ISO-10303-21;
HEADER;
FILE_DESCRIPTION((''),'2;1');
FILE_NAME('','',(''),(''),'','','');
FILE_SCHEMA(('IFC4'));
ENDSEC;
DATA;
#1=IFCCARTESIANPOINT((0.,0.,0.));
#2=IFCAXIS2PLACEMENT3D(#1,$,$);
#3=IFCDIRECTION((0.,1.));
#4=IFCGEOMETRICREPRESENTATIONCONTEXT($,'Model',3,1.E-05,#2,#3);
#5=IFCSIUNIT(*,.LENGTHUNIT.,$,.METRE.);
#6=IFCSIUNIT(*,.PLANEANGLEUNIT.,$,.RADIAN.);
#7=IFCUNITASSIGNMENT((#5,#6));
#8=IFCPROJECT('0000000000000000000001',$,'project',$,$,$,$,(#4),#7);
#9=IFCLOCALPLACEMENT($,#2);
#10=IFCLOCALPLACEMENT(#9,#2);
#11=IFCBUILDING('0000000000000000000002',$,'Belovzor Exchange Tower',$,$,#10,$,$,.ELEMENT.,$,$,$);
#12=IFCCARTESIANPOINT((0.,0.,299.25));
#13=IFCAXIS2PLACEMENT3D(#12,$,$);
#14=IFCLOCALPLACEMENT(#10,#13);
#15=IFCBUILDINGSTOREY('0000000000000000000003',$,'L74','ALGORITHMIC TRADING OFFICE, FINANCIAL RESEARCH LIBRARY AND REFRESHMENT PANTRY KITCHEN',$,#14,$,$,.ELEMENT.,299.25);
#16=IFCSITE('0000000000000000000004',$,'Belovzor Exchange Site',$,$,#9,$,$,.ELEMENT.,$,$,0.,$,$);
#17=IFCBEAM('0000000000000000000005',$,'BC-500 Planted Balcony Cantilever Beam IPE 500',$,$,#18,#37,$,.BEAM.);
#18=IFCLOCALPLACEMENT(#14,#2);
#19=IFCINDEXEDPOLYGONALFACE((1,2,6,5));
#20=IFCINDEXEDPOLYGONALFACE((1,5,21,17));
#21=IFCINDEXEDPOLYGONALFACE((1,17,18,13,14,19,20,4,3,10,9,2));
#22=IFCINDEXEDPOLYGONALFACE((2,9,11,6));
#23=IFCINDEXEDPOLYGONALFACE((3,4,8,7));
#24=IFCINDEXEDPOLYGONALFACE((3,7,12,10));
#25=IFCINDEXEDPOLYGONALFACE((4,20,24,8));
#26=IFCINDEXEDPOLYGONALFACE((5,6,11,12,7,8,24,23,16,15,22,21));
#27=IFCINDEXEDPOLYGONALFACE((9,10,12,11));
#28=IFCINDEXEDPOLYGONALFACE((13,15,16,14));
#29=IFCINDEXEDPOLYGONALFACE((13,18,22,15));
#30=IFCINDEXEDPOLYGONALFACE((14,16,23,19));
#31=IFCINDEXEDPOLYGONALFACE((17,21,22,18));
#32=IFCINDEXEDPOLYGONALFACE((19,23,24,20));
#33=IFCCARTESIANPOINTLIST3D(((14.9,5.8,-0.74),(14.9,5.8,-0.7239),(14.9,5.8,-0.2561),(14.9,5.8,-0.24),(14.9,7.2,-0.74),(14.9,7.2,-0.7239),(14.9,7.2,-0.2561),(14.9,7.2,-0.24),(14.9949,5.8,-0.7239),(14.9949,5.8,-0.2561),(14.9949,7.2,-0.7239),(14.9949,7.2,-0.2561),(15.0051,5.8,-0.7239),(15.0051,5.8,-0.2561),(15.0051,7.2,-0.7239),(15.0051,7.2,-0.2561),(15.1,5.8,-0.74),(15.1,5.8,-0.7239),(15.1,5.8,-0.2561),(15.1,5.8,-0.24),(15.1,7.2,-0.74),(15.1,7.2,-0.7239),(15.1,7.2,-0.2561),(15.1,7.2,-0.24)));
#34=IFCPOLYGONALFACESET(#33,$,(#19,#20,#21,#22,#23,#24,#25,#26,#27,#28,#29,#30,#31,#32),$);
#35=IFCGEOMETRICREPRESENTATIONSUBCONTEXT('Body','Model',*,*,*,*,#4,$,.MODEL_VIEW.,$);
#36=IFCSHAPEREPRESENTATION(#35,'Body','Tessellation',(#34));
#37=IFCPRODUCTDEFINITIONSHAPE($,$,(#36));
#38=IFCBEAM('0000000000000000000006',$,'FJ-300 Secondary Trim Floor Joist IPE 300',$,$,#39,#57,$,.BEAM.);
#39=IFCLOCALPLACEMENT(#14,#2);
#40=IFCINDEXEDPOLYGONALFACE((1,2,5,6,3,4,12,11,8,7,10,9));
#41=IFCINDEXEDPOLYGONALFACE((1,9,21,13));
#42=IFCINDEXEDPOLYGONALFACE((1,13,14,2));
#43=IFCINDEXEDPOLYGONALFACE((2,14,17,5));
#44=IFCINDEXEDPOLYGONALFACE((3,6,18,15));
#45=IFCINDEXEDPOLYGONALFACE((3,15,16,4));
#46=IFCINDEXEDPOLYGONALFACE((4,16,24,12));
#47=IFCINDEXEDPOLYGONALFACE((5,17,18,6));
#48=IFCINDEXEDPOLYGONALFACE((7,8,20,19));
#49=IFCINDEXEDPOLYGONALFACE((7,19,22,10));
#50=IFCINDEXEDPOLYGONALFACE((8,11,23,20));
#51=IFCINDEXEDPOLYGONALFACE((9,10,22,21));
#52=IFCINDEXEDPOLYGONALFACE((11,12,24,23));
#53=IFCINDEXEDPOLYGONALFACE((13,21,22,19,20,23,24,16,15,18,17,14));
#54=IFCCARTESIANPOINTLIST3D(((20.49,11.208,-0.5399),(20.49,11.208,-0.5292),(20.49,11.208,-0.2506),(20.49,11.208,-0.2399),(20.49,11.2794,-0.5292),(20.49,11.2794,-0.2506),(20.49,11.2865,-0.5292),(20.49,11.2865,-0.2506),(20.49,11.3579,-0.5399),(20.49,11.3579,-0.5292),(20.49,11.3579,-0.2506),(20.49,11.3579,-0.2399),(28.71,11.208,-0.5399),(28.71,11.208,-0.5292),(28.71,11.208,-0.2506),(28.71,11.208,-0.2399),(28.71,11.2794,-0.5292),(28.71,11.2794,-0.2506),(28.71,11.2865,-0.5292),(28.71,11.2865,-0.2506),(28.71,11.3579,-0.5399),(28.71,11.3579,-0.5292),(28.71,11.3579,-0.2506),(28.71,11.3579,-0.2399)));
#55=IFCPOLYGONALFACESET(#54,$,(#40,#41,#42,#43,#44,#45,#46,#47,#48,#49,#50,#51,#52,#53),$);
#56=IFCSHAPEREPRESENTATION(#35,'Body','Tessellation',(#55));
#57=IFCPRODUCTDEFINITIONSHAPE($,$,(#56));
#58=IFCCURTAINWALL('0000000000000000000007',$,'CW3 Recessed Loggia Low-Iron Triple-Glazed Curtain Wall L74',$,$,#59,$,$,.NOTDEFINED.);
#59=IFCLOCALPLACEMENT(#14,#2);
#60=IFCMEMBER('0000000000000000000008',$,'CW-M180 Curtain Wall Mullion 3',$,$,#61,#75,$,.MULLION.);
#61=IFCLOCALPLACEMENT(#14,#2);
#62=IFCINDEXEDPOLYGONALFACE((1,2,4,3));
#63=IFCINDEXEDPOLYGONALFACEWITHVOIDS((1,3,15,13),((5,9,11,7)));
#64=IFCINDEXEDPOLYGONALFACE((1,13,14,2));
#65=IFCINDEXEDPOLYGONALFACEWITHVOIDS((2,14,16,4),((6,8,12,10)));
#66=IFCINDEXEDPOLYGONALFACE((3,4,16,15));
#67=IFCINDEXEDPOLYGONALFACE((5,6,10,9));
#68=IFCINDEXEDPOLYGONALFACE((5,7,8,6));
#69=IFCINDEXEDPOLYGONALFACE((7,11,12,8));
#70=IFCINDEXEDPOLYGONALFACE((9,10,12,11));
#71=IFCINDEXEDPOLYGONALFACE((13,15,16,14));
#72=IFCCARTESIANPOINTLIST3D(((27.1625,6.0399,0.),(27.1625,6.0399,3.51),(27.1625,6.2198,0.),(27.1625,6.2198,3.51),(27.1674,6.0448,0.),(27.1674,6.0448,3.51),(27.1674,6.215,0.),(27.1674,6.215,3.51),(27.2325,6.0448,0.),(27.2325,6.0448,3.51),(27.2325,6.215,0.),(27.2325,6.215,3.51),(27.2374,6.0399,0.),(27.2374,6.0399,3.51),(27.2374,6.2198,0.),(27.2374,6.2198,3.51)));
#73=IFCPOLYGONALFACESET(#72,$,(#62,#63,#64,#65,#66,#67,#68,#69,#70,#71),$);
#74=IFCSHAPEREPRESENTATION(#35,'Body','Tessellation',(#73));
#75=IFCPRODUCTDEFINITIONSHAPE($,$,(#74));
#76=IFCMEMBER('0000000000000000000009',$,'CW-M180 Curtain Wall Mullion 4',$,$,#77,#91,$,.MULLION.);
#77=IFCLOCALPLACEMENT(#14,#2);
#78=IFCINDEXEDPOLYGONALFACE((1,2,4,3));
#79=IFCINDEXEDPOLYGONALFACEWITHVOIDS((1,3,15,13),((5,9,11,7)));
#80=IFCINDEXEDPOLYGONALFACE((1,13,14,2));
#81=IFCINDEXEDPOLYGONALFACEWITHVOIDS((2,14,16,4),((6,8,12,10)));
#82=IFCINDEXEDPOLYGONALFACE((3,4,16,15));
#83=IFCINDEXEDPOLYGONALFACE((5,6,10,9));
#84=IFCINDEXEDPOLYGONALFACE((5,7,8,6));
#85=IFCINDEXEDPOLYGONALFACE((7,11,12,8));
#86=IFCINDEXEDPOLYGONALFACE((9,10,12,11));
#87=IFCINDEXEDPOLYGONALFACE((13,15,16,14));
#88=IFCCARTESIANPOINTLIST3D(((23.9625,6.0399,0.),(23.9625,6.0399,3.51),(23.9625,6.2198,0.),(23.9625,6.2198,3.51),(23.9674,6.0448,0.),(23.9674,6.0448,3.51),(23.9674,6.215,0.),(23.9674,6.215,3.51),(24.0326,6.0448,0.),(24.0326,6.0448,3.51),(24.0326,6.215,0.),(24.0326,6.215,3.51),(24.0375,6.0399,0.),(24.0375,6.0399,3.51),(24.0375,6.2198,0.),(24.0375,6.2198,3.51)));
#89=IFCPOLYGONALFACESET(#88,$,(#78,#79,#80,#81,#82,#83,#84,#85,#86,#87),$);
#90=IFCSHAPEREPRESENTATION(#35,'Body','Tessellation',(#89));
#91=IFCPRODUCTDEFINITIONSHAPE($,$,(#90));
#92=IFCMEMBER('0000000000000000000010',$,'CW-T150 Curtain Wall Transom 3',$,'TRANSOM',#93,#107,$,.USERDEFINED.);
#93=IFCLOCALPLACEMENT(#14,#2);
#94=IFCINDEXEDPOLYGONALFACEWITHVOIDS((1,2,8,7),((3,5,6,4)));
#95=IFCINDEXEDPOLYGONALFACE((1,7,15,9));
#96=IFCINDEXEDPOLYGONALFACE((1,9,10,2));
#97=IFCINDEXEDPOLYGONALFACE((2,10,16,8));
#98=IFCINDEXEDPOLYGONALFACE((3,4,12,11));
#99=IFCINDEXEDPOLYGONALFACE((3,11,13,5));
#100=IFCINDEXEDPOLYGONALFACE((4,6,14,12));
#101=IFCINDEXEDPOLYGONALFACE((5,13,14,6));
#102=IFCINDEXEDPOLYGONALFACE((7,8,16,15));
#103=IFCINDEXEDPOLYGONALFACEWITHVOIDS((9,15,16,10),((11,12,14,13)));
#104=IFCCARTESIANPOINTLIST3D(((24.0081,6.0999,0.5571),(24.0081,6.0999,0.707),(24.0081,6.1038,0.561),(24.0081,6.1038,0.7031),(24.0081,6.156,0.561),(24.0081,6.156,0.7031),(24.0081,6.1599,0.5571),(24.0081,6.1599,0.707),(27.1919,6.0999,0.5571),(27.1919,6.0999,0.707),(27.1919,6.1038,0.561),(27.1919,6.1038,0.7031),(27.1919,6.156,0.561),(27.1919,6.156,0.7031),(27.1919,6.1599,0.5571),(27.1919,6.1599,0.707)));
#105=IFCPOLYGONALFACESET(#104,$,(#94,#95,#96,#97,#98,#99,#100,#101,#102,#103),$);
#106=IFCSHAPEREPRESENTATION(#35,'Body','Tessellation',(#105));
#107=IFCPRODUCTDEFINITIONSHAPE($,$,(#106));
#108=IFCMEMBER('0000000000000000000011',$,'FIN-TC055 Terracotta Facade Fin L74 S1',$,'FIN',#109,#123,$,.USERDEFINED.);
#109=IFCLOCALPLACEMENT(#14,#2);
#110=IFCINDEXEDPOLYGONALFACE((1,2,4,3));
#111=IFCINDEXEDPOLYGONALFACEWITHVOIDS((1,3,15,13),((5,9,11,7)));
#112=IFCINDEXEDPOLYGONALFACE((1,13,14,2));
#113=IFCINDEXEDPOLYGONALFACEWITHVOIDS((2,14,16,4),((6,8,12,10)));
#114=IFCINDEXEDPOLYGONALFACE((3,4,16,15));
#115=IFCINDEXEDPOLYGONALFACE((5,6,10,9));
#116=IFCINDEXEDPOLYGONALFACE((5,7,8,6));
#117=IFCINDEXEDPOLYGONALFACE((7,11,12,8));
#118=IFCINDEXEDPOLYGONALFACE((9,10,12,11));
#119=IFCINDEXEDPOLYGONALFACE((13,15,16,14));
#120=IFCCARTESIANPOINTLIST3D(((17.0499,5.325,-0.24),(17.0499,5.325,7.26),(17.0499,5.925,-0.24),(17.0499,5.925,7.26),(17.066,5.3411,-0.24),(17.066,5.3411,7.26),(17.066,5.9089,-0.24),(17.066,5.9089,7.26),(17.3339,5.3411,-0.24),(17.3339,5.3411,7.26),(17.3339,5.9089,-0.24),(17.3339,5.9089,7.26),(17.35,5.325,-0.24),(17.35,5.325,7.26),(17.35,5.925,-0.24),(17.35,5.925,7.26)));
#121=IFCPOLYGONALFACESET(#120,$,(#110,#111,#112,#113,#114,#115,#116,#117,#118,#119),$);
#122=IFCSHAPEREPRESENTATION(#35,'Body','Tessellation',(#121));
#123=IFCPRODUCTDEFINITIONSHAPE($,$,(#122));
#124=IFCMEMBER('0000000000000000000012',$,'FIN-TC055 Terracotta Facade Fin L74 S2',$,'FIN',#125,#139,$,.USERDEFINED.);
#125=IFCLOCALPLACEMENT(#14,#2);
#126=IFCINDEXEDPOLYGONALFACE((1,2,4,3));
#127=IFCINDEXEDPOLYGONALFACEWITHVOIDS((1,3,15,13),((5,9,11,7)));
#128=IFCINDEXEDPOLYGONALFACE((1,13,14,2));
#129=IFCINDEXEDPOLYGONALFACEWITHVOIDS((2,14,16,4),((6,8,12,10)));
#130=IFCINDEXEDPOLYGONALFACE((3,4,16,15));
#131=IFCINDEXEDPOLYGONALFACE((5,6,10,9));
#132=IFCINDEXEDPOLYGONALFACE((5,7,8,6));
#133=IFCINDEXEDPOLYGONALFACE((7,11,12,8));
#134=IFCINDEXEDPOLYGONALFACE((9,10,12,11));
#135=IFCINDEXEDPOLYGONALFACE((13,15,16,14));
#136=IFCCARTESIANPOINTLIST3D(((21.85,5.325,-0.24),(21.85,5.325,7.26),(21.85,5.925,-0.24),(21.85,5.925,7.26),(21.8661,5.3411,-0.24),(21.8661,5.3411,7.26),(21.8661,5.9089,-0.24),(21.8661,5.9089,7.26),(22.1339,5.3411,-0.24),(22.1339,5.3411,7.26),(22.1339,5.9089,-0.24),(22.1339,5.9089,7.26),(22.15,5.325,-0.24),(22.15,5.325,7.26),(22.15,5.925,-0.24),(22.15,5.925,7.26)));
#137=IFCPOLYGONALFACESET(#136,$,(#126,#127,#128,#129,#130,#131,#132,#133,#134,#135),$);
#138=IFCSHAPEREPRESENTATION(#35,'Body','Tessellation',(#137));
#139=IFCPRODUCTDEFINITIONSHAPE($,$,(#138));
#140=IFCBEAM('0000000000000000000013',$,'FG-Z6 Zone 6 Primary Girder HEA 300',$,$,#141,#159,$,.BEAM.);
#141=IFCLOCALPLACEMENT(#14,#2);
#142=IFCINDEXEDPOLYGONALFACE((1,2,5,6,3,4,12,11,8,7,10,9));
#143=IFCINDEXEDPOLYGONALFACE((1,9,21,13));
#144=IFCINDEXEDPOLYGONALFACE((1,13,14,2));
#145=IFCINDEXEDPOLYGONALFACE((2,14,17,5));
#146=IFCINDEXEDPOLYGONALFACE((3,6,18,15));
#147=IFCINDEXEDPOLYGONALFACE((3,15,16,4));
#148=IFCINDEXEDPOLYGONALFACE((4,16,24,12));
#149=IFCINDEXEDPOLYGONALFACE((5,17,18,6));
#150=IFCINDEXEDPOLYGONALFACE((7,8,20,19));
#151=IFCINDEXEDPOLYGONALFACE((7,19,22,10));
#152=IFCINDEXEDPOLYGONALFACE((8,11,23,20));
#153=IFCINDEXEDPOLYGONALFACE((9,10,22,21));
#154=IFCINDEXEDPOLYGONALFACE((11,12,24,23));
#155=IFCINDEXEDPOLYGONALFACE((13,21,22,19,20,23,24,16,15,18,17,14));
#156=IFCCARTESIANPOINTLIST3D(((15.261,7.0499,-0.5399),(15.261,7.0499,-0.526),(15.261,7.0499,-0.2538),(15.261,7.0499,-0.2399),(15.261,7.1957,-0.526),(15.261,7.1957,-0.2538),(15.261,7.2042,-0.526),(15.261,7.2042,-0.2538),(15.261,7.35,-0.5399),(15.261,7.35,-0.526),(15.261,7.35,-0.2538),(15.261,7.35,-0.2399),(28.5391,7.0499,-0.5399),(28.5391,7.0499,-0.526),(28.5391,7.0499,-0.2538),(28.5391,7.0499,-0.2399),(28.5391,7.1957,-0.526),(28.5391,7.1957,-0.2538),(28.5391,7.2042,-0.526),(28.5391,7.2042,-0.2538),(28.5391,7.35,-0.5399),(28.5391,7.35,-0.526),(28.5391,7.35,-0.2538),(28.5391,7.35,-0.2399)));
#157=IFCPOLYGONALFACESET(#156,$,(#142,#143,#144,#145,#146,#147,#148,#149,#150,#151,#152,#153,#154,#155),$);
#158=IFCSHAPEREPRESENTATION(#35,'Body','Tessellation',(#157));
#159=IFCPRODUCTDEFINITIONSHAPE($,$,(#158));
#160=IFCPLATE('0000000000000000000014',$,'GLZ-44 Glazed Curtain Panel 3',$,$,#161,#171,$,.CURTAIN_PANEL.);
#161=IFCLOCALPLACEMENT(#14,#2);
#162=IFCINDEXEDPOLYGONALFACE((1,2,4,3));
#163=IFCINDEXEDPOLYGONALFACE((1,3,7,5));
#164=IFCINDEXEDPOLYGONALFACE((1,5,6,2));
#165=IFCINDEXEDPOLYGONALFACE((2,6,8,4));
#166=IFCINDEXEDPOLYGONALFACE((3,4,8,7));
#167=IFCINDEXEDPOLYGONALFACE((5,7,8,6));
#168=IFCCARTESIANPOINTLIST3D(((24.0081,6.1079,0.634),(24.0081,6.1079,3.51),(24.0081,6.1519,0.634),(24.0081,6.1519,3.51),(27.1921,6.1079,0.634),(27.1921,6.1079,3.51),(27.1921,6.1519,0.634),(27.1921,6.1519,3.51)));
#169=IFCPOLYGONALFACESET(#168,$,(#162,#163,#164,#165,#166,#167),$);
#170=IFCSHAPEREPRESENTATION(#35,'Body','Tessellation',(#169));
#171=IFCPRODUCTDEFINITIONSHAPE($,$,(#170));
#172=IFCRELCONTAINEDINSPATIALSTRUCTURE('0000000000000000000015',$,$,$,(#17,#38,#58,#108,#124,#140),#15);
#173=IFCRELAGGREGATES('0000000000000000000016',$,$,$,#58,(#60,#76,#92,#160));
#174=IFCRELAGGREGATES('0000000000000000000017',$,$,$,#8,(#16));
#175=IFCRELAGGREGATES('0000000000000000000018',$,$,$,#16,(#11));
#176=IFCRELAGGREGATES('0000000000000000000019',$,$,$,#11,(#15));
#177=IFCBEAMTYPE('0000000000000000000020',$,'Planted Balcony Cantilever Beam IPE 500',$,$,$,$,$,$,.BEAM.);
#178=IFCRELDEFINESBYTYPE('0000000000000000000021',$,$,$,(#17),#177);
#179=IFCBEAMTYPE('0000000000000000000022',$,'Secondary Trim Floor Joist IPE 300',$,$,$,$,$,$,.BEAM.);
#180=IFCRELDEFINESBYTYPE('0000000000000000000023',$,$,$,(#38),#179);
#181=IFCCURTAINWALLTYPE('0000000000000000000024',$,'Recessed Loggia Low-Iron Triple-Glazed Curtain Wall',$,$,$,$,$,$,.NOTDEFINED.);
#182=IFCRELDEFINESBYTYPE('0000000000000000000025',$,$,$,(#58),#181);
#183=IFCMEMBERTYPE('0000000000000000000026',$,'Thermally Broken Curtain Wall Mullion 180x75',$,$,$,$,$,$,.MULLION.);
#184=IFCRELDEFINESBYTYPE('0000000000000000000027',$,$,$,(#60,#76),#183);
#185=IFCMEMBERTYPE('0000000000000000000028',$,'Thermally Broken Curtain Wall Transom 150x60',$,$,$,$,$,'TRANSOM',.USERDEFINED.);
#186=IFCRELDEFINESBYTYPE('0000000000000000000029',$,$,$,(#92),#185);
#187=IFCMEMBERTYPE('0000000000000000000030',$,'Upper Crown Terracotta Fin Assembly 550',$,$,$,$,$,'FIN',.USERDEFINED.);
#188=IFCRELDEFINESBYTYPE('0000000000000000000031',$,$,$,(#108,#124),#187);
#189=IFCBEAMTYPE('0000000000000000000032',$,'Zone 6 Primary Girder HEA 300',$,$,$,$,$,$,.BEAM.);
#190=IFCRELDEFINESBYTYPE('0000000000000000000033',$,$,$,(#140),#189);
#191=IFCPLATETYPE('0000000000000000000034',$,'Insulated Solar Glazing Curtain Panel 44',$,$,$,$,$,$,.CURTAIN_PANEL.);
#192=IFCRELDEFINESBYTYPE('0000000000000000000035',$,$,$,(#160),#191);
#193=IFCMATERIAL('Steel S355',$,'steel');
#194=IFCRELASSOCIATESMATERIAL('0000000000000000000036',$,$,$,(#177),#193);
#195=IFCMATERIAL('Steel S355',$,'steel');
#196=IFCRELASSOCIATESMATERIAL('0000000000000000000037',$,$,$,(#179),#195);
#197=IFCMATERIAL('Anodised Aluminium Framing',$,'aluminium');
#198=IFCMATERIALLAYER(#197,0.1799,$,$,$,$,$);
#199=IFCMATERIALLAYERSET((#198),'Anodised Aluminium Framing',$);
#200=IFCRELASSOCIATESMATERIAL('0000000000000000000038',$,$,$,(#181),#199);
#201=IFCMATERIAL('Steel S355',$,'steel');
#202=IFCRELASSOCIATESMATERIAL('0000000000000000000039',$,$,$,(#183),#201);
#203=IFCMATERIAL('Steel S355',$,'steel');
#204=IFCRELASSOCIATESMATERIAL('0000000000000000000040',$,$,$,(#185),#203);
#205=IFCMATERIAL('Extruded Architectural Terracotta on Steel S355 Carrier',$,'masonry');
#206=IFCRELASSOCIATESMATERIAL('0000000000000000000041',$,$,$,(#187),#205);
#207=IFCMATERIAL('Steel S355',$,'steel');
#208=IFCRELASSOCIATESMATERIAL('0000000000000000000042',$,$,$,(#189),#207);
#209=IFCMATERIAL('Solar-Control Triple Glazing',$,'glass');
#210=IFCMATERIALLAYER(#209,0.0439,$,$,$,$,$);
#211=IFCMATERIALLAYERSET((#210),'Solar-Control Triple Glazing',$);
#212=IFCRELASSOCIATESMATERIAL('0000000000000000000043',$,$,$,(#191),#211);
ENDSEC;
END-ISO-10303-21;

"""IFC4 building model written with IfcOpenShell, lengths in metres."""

from ifc_helpers import new_model, si_unit, direction, frame, origin, origin_2d, place, context, subcontext, project, spatial, rectangle, hollow_rectangle, i_section, extrude, material, layer, layer_set, material_profile, profile_set, type_object, element, aggregate, save


model = new_model("IFC4")

# Units and contexts
model_context = context("Model", 3, precision=1e-05, world=origin(), true_north=direction((0.0, 1.0)))
body_context = subcontext(model_context, "Body", "Model", "MODEL_VIEW")
ifc_project = project(units=[si_unit("LENGTHUNIT", "METRE"), si_unit("PLANEANGLEUNIT", "RADIAN")], contexts=[model_context])

# Site, building, storey
site_placement = place(None, origin())
site = spatial("IfcSite", under=ifc_project, at=site_placement, Name="Belovzor Exchange Site", CompositionType="ELEMENT", RefElevation=0.0)
building_placement = place(site_placement, origin())
building = spatial("IfcBuilding", under=site, at=building_placement, Name="Belovzor Exchange Tower", CompositionType="ELEMENT")
storey_placement = place(building_placement, frame((0.0, 0.0, 299.25)))
storey = spatial("IfcBuildingStorey", under=building, at=storey_placement, Name="L74", Description="ALGORITHMIC TRADING OFFICE, FINANCIAL RESEARCH LIBRARY AND REFRESHMENT PANTRY KITCHEN", CompositionType="ELEMENT", Elevation=299.25)

# Beams
ifc_material_1 = material(Name="Steel S355", Category="steel")
ifc_material_profile_1 = material_profile(ifc_material_1, i_section(OverallWidth=0.2, OverallDepth=0.5, WebThickness=0.0103, FlangeThickness=0.0161, at=origin_2d()))
ifc_profile_set_1 = profile_set([ifc_material_profile_1], Name="Steel S355")
beam_type_1 = type_object("IfcBeamType", Name="Planted Balcony Cantilever Beam IPE 500", PredefinedType="BEAM", material=ifc_profile_set_1)
beam_1_placement = place(storey_placement, frame((15.0, 7.2, -0.49), z_axis=(0.0, -1.0, 0.0), x_axis=(1.0, 0.0, 0.0)))
element("IfcBeam", 1, at=beam_1_placement, inside=storey, type_object=beam_type_1, Name="BC-500 Planted Balcony Cantilever Beam IPE 500", PredefinedType="BEAM", context=body_context, shape_type="SweptSolid", body=[
    extrude(i_section(OverallWidth=0.2, OverallDepth=0.5, WebThickness=0.0103, FlangeThickness=0.0161, at=origin_2d()), origin(), (0.0, 0.0, 1.0), 1.3999),
])
ifc_material_2 = material(Name="Steel S355", Category="steel")
ifc_material_profile_2 = material_profile(ifc_material_2, i_section(OverallWidth=0.1499, OverallDepth=0.3, WebThickness=0.0071, FlangeThickness=0.0107, at=origin_2d()))
ifc_profile_set_2 = profile_set([ifc_material_profile_2], Name="Steel S355")
beam_type_2 = type_object("IfcBeamType", Name="Secondary Trim Floor Joist IPE 300", PredefinedType="BEAM", material=ifc_profile_set_2)
beam_2_placement = place(storey_placement, frame((20.49, 11.283, -0.3899), z_axis=(1.0, 0.0, 0.0), x_axis=(0.0, 1.0, 0.0)))
element("IfcBeam", 2, at=beam_2_placement, inside=storey, type_object=beam_type_2, Name="FJ-300 Secondary Trim Floor Joist IPE 300", PredefinedType="BEAM", context=body_context, shape_type="SweptSolid", body=[
    extrude(i_section(OverallWidth=0.1499, OverallDepth=0.3, WebThickness=0.0071, FlangeThickness=0.0107, at=origin_2d()), origin(), (0.0, 0.0, 1.0), 8.22),
])

# Curtain wall, members
ifc_material_3 = material(Name="Anodised Aluminium Framing", Category="aluminium")
ifc_layer_1 = layer(ifc_material_3, 0.1799)
ifc_layer_set_1 = layer_set([ifc_layer_1], Name="Anodised Aluminium Framing")
curtain_wall_type = type_object("IfcCurtainWallType", Name="Recessed Loggia Low-Iron Triple-Glazed Curtain Wall", PredefinedType="NOTDEFINED", material=ifc_layer_set_1)
curtain_wall_placement = place(storey_placement, origin())
curtain_wall = element("IfcCurtainWall", 3, at=curtain_wall_placement, inside=storey, type_object=curtain_wall_type, Name="CW3 Recessed Loggia Low-Iron Triple-Glazed Curtain Wall L74", PredefinedType="NOTDEFINED")
ifc_material_4 = material(Name="Steel S355", Category="steel")
ifc_material_profile_3 = material_profile(ifc_material_4, hollow_rectangle(XDim=0.075, YDim=0.1799, WallThickness=0.0049, at=origin_2d()))
ifc_profile_set_3 = profile_set([ifc_material_profile_3], Name="Steel S355")
member_type_1 = type_object("IfcMemberType", Name="Thermally Broken Curtain Wall Mullion 180x75", PredefinedType="MULLION", material=ifc_profile_set_3)
member_1_placement = place(storey_placement, frame((27.2, 6.1299, 0.0), z_axis=(0.0, 0.0, 1.0), x_axis=(-1.0, 0.0, 0.0)))
member_1 = element("IfcMember", 4, at=member_1_placement, type_object=member_type_1, Name="CW-M180 Curtain Wall Mullion 3", PredefinedType="MULLION", context=body_context, shape_type="SweptSolid", body=[
    extrude(hollow_rectangle(XDim=0.075, YDim=0.1799, WallThickness=0.0049, at=origin_2d()), origin(), (0.0, 0.0, 1.0), 3.51),
])
member_2_placement = place(storey_placement, frame((24.0, 6.1299, 0.0), z_axis=(0.0, 0.0, 1.0), x_axis=(-1.0, 0.0, 0.0)))
member_2 = element("IfcMember", 5, at=member_2_placement, type_object=member_type_1, Name="CW-M180 Curtain Wall Mullion 4", PredefinedType="MULLION", context=body_context, shape_type="SweptSolid", body=[
    extrude(hollow_rectangle(XDim=0.075, YDim=0.1799, WallThickness=0.0049, at=origin_2d()), origin(), (0.0, 0.0, 1.0), 3.51),
])
ifc_material_5 = material(Name="Steel S355", Category="steel")
ifc_material_profile_4 = material_profile(ifc_material_5, hollow_rectangle(XDim=0.0601, YDim=0.1499, WallThickness=0.0039, at=origin_2d()))
ifc_profile_set_4 = profile_set([ifc_material_profile_4], Name="Steel S355")
member_type_2 = type_object("IfcMemberType", Name="Thermally Broken Curtain Wall Transom 150x60", ElementType="TRANSOM", PredefinedType="USERDEFINED", material=ifc_profile_set_4)
member_3_placement = place(storey_placement, frame((27.1919, 6.1299, 0.6321), z_axis=(-1.0, 0.0, 0.0), x_axis=(0.0, -1.0, 0.0)))
member_3 = element("IfcMember", 6, at=member_3_placement, type_object=member_type_2, Name="CW-T150 Curtain Wall Transom 3", ObjectType="TRANSOM", PredefinedType="USERDEFINED", context=body_context, shape_type="SweptSolid", body=[
    extrude(hollow_rectangle(XDim=0.0601, YDim=0.1499, WallThickness=0.0039, at=origin_2d()), origin(), (0.0, 0.0, 1.0), 3.1838),
])

# Members
ifc_material_6 = material(Name="Extruded Architectural Terracotta on Steel S355 Carrier", Category="masonry")
ifc_material_profile_5 = material_profile(ifc_material_6, hollow_rectangle(XDim=0.3, YDim=0.6001, WallThickness=0.0161, at=origin_2d()))
ifc_profile_set_5 = profile_set([ifc_material_profile_5], Name="Extruded Architectural Terracotta on Steel S355 Carrier")
member_type_3 = type_object("IfcMemberType", Name="Upper Crown Terracotta Fin Assembly 550", ElementType="FIN", PredefinedType="USERDEFINED", material=ifc_profile_set_5)
for number, where, z_axis, x_axis, name in (
    (7, (17.2, 5.625, -0.24), (0.0, 0.0, 1.0), (1.0, 0.0, 0.0), "FIN-TC055 Terracotta Facade Fin L74 S1"),
    (8, (22.0, 5.625, -0.24), (0.0, 0.0, 1.0), (1.0, 0.0, 0.0), "FIN-TC055 Terracotta Facade Fin L74 S2"),
):
    element("IfcMember", number, at=place(storey_placement, frame(where, z_axis=z_axis, x_axis=x_axis)), inside=storey, type_object=member_type_3, Name=name, ObjectType="FIN", PredefinedType="USERDEFINED", context=body_context, shape_type="SweptSolid", body=[
        extrude(hollow_rectangle(XDim=0.3, YDim=0.6001, WallThickness=0.0161, at=origin_2d()), origin(), (0.0, 0.0, 1.0), 7.5),
    ])

# Beam
ifc_material_7 = material(Name="Steel S355", Category="steel")
ifc_material_profile_6 = material_profile(ifc_material_7, i_section(OverallWidth=0.3, OverallDepth=0.3, WebThickness=0.0085, FlangeThickness=0.0139, at=origin_2d()))
ifc_profile_set_6 = profile_set([ifc_material_profile_6], Name="Steel S355")
beam_type_3 = type_object("IfcBeamType", Name="Zone 6 Primary Girder HEA 300", PredefinedType="BEAM", material=ifc_profile_set_6)
beam_3_placement = place(storey_placement, frame((15.261, 7.2, -0.3899), z_axis=(1.0, 0.0, 0.0), x_axis=(0.0, 1.0, 0.0)))
element("IfcBeam", 9, at=beam_3_placement, inside=storey, type_object=beam_type_3, Name="FG-Z6 Zone 6 Primary Girder HEA 300", PredefinedType="BEAM", context=body_context, shape_type="SweptSolid", body=[
    extrude(i_section(OverallWidth=0.3, OverallDepth=0.3, WebThickness=0.0085, FlangeThickness=0.0139, at=origin_2d()), origin(), (0.0, 0.0, 1.0), 13.2781),
])

# Plate
ifc_material_8 = material(Name="Solar-Control Triple Glazing", Category="glass")
ifc_layer_2 = layer(ifc_material_8, 0.0439)
ifc_layer_set_2 = layer_set([ifc_layer_2], Name="Solar-Control Triple Glazing")
plate_type_1 = type_object("IfcPlateType", Name="Insulated Solar Glazing Curtain Panel 44", PredefinedType="CURTAIN_PANEL", material=ifc_layer_set_2)
plate_1_placement = place(storey_placement, frame((25.6001, 6.1299, 0.634), z_axis=(0.0, 0.0, 1.0), x_axis=(-1.0, 0.0, 0.0)))
plate_1 = element("IfcPlate", 10, at=plate_1_placement, type_object=plate_type_1, Name="GLZ-44 Glazed Curtain Panel 3", PredefinedType="CURTAIN_PANEL", context=body_context, shape_type="SweptSolid", body=[
    extrude(rectangle(XDim=3.1841, YDim=0.0439, at=origin_2d()), origin(), (0.0, 0.0, 1.0), 2.876),
])
aggregate(curtain_wall, [member_1, member_2, member_3, plate_1])

save(model, "model.ifc")
